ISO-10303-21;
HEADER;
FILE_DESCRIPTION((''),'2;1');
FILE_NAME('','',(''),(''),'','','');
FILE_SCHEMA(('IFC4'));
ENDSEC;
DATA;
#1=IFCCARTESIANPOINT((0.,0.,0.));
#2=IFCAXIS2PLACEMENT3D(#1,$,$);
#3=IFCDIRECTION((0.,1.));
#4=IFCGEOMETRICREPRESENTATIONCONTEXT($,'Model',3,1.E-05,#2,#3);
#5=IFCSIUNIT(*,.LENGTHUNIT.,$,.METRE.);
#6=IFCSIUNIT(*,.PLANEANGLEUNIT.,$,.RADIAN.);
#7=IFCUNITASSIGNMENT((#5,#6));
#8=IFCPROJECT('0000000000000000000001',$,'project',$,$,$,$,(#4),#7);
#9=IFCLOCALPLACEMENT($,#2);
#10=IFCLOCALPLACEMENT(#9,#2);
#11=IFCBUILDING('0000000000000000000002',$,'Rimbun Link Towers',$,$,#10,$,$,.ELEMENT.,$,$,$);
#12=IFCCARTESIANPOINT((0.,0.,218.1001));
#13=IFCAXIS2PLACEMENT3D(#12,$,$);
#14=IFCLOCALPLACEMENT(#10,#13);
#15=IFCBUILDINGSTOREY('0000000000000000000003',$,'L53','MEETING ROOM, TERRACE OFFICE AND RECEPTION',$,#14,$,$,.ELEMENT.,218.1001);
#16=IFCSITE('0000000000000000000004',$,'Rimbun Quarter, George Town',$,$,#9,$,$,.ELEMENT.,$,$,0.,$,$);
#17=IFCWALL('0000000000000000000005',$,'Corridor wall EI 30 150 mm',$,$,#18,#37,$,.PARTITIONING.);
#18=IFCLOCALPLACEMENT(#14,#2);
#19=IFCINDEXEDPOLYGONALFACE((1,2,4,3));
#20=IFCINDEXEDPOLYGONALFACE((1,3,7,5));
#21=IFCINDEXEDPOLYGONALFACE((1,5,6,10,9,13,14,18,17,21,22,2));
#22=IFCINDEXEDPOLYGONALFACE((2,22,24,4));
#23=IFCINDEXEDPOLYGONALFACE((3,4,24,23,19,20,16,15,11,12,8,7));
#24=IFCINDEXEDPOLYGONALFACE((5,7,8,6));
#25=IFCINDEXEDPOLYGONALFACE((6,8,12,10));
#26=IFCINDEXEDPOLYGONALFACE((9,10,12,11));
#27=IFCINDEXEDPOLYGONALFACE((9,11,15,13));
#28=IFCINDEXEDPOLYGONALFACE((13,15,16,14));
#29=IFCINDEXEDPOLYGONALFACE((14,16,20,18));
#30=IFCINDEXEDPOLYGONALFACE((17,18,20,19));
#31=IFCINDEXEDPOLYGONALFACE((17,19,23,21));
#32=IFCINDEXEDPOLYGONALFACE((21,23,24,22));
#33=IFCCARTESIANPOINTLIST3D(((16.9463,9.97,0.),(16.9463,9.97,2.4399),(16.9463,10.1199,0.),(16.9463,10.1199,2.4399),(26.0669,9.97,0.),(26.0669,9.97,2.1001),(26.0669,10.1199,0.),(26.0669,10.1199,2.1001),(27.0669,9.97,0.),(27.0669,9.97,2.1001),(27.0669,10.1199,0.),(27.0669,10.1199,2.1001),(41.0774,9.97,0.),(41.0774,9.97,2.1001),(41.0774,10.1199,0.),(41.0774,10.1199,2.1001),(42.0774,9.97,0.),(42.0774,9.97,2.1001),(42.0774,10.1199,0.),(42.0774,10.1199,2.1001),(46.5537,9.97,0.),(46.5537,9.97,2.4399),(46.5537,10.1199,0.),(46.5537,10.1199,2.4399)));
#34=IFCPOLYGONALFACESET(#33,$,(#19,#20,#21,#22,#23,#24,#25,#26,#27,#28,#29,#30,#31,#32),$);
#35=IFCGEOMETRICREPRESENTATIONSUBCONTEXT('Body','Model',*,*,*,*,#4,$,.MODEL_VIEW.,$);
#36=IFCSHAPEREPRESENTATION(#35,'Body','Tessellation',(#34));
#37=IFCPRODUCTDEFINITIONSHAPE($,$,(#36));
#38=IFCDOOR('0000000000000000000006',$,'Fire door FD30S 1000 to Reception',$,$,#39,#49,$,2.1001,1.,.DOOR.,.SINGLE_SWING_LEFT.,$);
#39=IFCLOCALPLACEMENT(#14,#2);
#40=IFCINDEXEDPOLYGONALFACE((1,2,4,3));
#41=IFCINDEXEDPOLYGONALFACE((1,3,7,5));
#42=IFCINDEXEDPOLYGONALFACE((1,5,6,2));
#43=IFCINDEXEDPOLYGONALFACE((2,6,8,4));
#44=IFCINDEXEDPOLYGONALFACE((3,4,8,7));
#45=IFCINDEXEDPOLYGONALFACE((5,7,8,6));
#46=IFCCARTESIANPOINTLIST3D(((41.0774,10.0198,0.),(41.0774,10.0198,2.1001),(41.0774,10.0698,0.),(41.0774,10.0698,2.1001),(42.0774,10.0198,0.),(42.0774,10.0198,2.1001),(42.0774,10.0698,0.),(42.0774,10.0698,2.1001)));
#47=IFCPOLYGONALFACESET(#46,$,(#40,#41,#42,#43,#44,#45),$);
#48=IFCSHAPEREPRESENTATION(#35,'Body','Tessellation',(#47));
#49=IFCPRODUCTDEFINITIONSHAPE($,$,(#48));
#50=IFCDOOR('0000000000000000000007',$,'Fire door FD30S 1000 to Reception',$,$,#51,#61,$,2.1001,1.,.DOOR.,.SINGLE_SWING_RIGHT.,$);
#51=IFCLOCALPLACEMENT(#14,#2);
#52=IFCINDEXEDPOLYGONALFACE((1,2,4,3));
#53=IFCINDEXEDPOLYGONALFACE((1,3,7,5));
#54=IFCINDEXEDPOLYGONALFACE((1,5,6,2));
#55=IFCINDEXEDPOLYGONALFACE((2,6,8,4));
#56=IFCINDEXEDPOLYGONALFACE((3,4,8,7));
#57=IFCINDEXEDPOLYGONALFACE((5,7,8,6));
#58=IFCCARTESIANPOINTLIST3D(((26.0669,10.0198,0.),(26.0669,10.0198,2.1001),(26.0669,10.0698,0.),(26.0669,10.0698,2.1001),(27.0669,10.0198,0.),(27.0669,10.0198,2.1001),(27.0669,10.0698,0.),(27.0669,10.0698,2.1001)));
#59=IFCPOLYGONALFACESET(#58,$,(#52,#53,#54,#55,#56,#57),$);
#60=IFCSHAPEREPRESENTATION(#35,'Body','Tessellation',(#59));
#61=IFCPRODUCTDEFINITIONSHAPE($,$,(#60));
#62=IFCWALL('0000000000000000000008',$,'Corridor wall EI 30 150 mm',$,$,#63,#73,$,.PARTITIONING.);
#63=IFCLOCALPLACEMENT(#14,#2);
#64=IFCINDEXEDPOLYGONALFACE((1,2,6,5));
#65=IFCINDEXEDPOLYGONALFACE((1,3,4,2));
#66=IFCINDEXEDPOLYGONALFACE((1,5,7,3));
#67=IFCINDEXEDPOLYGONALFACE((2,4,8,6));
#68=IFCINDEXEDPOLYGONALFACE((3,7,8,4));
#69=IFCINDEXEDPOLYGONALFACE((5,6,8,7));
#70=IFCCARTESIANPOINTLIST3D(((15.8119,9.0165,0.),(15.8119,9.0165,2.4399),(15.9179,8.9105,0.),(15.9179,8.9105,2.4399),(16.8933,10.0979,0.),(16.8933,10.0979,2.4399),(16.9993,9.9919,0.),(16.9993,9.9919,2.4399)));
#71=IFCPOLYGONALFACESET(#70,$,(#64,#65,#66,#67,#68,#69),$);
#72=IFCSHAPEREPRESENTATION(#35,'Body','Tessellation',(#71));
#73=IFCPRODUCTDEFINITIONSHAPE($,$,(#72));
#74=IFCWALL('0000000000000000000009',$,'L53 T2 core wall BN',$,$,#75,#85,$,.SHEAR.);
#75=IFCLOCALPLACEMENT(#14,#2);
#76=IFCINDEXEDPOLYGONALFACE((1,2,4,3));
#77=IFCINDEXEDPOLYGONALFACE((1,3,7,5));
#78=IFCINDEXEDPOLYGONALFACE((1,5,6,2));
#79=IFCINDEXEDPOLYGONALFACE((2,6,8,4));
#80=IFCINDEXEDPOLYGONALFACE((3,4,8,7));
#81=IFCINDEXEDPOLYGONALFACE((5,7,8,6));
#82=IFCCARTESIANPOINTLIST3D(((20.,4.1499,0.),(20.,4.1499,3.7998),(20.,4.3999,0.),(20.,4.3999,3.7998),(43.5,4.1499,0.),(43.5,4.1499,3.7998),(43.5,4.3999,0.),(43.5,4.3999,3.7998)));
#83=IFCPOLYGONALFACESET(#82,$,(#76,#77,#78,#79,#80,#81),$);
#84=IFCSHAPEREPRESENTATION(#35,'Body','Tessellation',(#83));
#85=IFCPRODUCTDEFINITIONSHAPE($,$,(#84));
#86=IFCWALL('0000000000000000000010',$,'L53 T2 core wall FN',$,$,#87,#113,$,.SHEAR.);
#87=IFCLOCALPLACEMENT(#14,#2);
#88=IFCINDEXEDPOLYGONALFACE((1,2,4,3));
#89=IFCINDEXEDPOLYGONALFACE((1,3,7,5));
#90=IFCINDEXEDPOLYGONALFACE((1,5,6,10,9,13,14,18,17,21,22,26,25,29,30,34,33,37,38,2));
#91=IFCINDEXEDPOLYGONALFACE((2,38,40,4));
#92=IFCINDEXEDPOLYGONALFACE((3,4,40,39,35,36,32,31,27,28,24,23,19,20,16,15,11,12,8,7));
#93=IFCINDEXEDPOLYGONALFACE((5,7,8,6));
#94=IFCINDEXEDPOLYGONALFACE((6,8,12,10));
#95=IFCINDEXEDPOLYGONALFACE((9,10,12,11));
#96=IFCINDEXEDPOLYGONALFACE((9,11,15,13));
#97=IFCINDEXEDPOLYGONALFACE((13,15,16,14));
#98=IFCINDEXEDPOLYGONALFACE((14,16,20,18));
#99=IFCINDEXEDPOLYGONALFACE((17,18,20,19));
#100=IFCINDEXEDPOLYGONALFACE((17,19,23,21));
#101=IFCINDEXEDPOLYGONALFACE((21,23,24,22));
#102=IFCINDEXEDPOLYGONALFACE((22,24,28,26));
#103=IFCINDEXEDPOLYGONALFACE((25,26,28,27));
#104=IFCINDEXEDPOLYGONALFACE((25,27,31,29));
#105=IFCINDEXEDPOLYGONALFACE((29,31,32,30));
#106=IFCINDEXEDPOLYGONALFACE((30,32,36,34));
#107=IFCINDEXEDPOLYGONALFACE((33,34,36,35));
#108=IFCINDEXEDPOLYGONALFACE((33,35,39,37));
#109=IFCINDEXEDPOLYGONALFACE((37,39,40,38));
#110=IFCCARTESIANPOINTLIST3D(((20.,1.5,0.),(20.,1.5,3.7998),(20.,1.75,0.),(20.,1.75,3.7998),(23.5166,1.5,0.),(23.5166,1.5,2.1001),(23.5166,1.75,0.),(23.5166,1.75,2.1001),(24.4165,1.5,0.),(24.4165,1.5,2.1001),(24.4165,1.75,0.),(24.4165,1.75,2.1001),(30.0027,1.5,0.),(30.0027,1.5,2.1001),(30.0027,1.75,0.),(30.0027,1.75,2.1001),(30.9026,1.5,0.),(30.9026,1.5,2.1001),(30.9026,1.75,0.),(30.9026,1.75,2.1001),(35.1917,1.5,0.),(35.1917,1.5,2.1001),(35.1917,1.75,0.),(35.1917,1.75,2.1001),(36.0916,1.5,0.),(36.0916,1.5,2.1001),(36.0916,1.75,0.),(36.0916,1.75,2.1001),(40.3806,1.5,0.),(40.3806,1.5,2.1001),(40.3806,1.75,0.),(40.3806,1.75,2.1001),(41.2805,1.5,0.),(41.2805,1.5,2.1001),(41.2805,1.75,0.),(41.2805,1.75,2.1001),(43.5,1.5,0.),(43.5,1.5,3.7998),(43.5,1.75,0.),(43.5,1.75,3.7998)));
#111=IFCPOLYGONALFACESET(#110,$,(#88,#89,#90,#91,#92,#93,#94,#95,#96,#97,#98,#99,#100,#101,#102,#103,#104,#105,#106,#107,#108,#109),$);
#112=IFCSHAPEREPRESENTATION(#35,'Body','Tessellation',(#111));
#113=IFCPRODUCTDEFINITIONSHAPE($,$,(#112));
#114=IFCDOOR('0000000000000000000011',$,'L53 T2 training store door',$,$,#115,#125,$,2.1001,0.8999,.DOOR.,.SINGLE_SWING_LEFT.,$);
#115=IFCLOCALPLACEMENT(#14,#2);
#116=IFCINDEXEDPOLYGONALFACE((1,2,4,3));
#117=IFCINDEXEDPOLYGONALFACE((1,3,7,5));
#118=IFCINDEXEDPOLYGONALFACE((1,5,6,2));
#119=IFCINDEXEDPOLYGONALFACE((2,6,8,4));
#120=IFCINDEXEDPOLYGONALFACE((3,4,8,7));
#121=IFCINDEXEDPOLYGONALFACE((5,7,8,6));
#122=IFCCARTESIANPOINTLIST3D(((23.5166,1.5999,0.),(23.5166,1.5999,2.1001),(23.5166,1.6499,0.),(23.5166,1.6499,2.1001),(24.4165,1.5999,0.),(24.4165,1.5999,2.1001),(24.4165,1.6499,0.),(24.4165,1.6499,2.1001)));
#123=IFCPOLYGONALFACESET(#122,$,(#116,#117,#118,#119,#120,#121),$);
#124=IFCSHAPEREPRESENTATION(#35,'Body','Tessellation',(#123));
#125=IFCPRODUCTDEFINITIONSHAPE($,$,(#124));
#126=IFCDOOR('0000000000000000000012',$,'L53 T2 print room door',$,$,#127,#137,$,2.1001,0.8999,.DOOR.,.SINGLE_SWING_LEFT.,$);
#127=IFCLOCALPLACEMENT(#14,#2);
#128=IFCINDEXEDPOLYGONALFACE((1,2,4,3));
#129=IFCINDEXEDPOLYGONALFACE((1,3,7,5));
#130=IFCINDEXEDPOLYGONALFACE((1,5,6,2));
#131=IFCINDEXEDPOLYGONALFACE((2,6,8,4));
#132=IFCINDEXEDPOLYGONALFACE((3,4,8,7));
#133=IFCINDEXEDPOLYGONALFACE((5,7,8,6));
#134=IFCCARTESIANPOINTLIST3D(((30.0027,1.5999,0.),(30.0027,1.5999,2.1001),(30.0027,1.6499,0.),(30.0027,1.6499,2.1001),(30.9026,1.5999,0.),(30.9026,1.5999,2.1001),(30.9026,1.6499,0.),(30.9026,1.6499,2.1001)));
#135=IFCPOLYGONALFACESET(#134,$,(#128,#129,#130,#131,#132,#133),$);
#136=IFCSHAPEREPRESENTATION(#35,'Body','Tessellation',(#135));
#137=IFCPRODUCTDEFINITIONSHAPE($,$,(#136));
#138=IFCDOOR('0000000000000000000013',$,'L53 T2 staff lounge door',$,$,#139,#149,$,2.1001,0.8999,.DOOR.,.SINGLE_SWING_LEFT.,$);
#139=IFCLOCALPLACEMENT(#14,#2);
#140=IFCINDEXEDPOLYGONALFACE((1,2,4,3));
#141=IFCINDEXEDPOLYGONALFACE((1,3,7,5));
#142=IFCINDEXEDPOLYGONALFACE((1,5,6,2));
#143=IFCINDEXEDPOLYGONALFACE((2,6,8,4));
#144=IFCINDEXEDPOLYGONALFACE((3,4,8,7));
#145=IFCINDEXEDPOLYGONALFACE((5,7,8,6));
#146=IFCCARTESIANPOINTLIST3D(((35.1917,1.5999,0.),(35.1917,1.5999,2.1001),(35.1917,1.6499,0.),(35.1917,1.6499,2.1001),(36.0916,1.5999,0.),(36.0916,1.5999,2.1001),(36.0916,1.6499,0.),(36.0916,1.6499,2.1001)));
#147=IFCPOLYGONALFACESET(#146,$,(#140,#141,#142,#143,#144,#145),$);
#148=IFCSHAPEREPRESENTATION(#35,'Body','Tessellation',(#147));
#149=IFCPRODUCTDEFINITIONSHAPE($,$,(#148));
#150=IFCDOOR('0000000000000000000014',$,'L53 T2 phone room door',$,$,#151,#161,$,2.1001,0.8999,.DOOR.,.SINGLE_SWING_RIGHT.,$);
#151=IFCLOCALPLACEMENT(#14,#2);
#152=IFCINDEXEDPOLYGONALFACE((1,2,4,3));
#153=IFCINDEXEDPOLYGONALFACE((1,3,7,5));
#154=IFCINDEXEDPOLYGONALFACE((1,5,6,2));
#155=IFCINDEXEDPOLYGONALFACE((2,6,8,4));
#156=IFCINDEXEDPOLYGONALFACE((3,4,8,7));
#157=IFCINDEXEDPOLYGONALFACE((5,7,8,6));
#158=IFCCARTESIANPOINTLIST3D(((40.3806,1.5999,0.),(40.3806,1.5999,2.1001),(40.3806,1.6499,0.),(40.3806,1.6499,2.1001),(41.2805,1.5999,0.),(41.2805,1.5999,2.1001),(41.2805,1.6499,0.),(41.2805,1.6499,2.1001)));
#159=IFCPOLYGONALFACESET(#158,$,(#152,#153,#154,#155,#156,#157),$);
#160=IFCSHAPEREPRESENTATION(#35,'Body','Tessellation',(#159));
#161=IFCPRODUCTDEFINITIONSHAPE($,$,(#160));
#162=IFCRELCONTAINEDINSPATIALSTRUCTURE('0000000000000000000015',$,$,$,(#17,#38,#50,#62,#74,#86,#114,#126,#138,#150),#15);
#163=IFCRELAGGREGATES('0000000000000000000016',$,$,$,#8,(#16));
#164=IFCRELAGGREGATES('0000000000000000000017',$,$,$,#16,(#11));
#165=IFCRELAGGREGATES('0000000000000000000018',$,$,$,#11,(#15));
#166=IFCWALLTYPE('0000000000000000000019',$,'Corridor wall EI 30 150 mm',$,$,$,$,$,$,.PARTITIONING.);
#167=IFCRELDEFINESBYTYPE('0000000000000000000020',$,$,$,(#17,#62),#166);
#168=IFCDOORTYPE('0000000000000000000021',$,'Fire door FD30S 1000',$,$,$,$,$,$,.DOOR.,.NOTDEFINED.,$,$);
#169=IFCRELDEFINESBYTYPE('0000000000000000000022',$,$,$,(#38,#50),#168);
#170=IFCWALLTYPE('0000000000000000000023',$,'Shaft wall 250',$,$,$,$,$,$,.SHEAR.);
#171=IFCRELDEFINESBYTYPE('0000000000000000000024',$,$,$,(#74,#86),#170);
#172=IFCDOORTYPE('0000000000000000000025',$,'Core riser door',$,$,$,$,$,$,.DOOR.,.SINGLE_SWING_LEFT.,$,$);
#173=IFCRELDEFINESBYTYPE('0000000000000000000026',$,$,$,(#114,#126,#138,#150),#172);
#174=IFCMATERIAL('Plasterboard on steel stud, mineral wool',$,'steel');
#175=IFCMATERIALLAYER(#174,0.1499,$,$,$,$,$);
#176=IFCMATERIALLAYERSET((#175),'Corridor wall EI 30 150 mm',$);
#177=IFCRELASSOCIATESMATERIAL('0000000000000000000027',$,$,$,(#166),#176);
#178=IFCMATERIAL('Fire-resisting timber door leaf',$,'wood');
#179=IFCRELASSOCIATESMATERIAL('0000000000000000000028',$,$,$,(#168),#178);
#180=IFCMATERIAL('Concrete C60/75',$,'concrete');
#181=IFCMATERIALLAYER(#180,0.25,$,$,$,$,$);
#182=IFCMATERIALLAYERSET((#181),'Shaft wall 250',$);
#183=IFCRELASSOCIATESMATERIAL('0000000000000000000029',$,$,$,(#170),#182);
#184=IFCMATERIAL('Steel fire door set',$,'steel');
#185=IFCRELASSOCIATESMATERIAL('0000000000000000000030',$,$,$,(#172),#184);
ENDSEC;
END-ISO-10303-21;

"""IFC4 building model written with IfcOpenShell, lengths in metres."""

from ifc_helpers import new_model, si_unit, direction, frame, frame_2d, origin, place, context, subcontext, project, spatial, rectangle, extrude, material, layer, layer_set, type_object, element, fill, save


model = new_model("IFC4")

# Units and contexts
model_context = context("Model", 3, precision=1e-05, world=origin(), true_north=direction((0.0, 1.0)))
body_context = subcontext(model_context, "Body", "Model", "MODEL_VIEW")
ifc_project = project(units=[si_unit("LENGTHUNIT", "METRE"), si_unit("PLANEANGLEUNIT", "RADIAN")], contexts=[model_context])

# Site, building, storey
site_placement = place(None, origin())
site = spatial("IfcSite", under=ifc_project, at=site_placement, Name="Rimbun Quarter, George Town", CompositionType="ELEMENT", RefElevation=0.0)
building_placement = place(site_placement, origin())
building = spatial("IfcBuilding", under=site, at=building_placement, Name="Rimbun Link Towers", CompositionType="ELEMENT")
storey_placement = place(building_placement, frame((0.0, 0.0, 218.1001)))
storey = spatial("IfcBuildingStorey", under=building, at=storey_placement, Name="L53", Description="MEETING ROOM, TERRACE OFFICE AND RECEPTION", CompositionType="ELEMENT", Elevation=218.1001)

# Wall, openings, doors
ifc_material_1 = material(Name="Plasterboard on steel stud, mineral wool", Category="steel")
ifc_layer_1 = layer(ifc_material_1, 0.1499)
ifc_layer_set_1 = layer_set([ifc_layer_1], Name="Corridor wall EI 30 150 mm")
wall_type_1 = type_object("IfcWallType", Name="Corridor wall EI 30 150 mm", PredefinedType="PARTITIONING", material=ifc_layer_set_1)
wall_1_placement = place(storey_placement, frame((16.9463, 10.0449, 0.0), z_axis=(0.0, 0.0, 1.0), x_axis=(1.0, 0.0, 0.0)))
wall_1 = element("IfcWall", 1, at=wall_1_placement, inside=storey, type_object=wall_type_1, Name="Corridor wall EI 30 150 mm", PredefinedType="PARTITIONING", context=body_context, shape_type="SweptSolid", body=[
    extrude(rectangle(XDim=29.6074, YDim=0.1499, at=frame_2d((14.8037, 0.0))), origin(), (0.0, 0.0, 1.0), 2.4399),
])
opening_1_placement = place(wall_1_placement, frame((24.1311, 0.0, 0.0)))
opening_1 = element("IfcOpeningElement", 2, at=opening_1_placement, cuts=wall_1, PredefinedType="OPENING", context=body_context, shape_type="SweptSolid", body=[
    extrude(rectangle(XDim=1.0, YDim=2.1001, at=frame_2d((0.5, 1.05))), frame((0.0, 0.085, 0.0), z_axis=(0.0, -1.0, 0.0), x_axis=(1.0, 0.0, 0.0)), (0.0, 0.0, 1.0), 0.1699),
])
opening_2_placement = place(wall_1_placement, frame((9.1206, 0.0, 0.0)))
opening_2 = element("IfcOpeningElement", 3, at=opening_2_placement, cuts=wall_1, PredefinedType="OPENING", context=body_context, shape_type="SweptSolid", body=[
    extrude(rectangle(XDim=1.0, YDim=2.1001, at=frame_2d((0.5, 1.05))), frame((0.0, 0.085, 0.0), z_axis=(0.0, -1.0, 0.0), x_axis=(1.0, 0.0, 0.0)), (0.0, 0.0, 1.0), 0.1699),
])
ifc_material_2 = material(Name="Fire-resisting timber door leaf", Category="wood")
door_type_1 = type_object("IfcDoorType", Name="Fire door FD30S 1000", OperationType="NOTDEFINED", PredefinedType="DOOR", material=ifc_material_2)
door_1_placement = place(opening_1_placement, origin())
door_1 = element("IfcDoor", 4, at=door_1_placement, inside=storey, type_object=door_type_1, Name="Fire door FD30S 1000 to Reception", OperationType="SINGLE_SWING_LEFT", OverallHeight=2.1001, OverallWidth=1.0, PredefinedType="DOOR", context=body_context, shape_type="SweptSolid", body=[
    extrude(rectangle(XDim=1.0, YDim=2.1001, at=frame_2d((0.5, 1.05))), frame((0.0, 0.0249, 0.0), z_axis=(0.0, -1.0, 0.0), x_axis=(1.0, 0.0, 0.0)), (0.0, 0.0, 1.0), 0.05),
])
fill(opening_1, door_1)
door_2_placement = place(opening_2_placement, origin())
door_2 = element("IfcDoor", 5, at=door_2_placement, inside=storey, type_object=door_type_1, Name="Fire door FD30S 1000 to Reception", OperationType="SINGLE_SWING_RIGHT", OverallHeight=2.1001, OverallWidth=1.0, PredefinedType="DOOR", context=body_context, shape_type="SweptSolid", body=[
    extrude(rectangle(XDim=1.0, YDim=2.1001, at=frame_2d((0.5, 1.05))), frame((0.0, 0.0249, 0.0), z_axis=(0.0, -1.0, 0.0), x_axis=(1.0, 0.0, 0.0)), (0.0, 0.0, 1.0), 0.05),
])
fill(opening_2, door_2)

# Walls
wall_2_placement = place(storey_placement, frame((16.9463, 10.0449, 0.0), z_axis=(0.0, 0.0, 1.0), x_axis=(-0.707107, -0.707107, 0.0)))
element("IfcWall", 6, at=wall_2_placement, inside=storey, type_object=wall_type_1, Name="Corridor wall EI 30 150 mm", PredefinedType="PARTITIONING", context=body_context, shape_type="SweptSolid", body=[
    extrude(rectangle(XDim=1.5293, YDim=0.1499, at=frame_2d((0.7646, 0.0))), origin(), (0.0, 0.0, 1.0), 2.4399),
])
ifc_material_3 = material(Name="Concrete C60/75", Category="concrete")
ifc_layer_2 = layer(ifc_material_3, 0.25)
ifc_layer_set_2 = layer_set([ifc_layer_2], Name="Shaft wall 250")
wall_type_2 = type_object("IfcWallType", Name="Shaft wall 250", PredefinedType="SHEAR", material=ifc_layer_set_2)
wall_3_placement = place(storey_placement, frame((20.0, 4.2749, 0.0), z_axis=(0.0, 0.0, 1.0), x_axis=(1.0, 0.0, 0.0)))
element("IfcWall", 7, at=wall_3_placement, inside=storey, type_object=wall_type_2, Name="L53 T2 core wall BN", PredefinedType="SHEAR", context=body_context, shape_type="SweptSolid", body=[
    extrude(rectangle(XDim=23.5, YDim=0.25, at=frame_2d((11.75, 0.0))), origin(), (0.0, 0.0, 1.0), 3.7998),
])

# Wall, openings, doors
wall_4_placement = place(storey_placement, frame((20.0, 1.625, 0.0), z_axis=(0.0, 0.0, 1.0), x_axis=(1.0, 0.0, 0.0)))
wall_4 = element("IfcWall", 8, at=wall_4_placement, inside=storey, type_object=wall_type_2, Name="L53 T2 core wall FN", PredefinedType="SHEAR", context=body_context, shape_type="SweptSolid", body=[
    extrude(rectangle(XDim=23.5, YDim=0.25, at=frame_2d((11.75, 0.0))), origin(), (0.0, 0.0, 1.0), 3.7998),
])
opening_3_placement = place(wall_4_placement, frame((3.5166, 0.0, 0.0)))
opening_3 = element("IfcOpeningElement", 9, at=opening_3_placement, cuts=wall_4, PredefinedType="OPENING", context=body_context, shape_type="SweptSolid", body=[
    extrude(rectangle(XDim=0.8999, YDim=2.1001, at=frame_2d((0.45, 1.05))), frame((0.0, 0.135, 0.0), z_axis=(0.0, -1.0, 0.0), x_axis=(1.0, 0.0, 0.0)), (0.0, 0.0, 1.0), 0.27),
])
opening_4_placement = place(wall_4_placement, frame((10.0027, 0.0, 0.0)))
opening_4 = element("IfcOpeningElement", 10, at=opening_4_placement, cuts=wall_4, PredefinedType="OPENING", context=body_context, shape_type="SweptSolid", body=[
    extrude(rectangle(XDim=0.8999, YDim=2.1001, at=frame_2d((0.45, 1.05))), frame((0.0, 0.135, 0.0), z_axis=(0.0, -1.0, 0.0), x_axis=(1.0, 0.0, 0.0)), (0.0, 0.0, 1.0), 0.27),
])
opening_5_placement = place(wall_4_placement, frame((15.1917, 0.0, 0.0)))
opening_5 = element("IfcOpeningElement", 11, at=opening_5_placement, cuts=wall_4, PredefinedType="OPENING", context=body_context, shape_type="SweptSolid", body=[
    extrude(rectangle(XDim=0.8999, YDim=2.1001, at=frame_2d((0.45, 1.05))), frame((0.0, 0.135, 0.0), z_axis=(0.0, -1.0, 0.0), x_axis=(1.0, 0.0, 0.0)), (0.0, 0.0, 1.0), 0.27),
])
opening_6_placement = place(wall_4_placement, frame((20.3806, 0.0, 0.0)))
opening_6 = element("IfcOpeningElement", 12, at=opening_6_placement, cuts=wall_4, PredefinedType="OPENING", context=body_context, shape_type="SweptSolid", body=[
    extrude(rectangle(XDim=0.8999, YDim=2.1001, at=frame_2d((0.45, 1.05))), frame((0.0, 0.135, 0.0), z_axis=(0.0, -1.0, 0.0), x_axis=(1.0, 0.0, 0.0)), (0.0, 0.0, 1.0), 0.27),
])
ifc_material_4 = material(Name="Steel fire door set", Category="steel")
door_type_2 = type_object("IfcDoorType", Name="Core riser door", OperationType="SINGLE_SWING_LEFT", PredefinedType="DOOR", material=ifc_material_4)
door_3_placement = place(opening_3_placement, origin())
door_3 = element("IfcDoor", 13, at=door_3_placement, inside=storey, type_object=door_type_2, Name="L53 T2 training store door", OperationType="SINGLE_SWING_LEFT", OverallHeight=2.1001, OverallWidth=0.8999, PredefinedType="DOOR", context=body_context, shape_type="SweptSolid", body=[
    extrude(rectangle(XDim=0.8999, YDim=2.1001, at=frame_2d((0.45, 1.05))), frame((0.0, 0.0249, 0.0), z_axis=(0.0, -1.0, 0.0), x_axis=(1.0, 0.0, 0.0)), (0.0, 0.0, 1.0), 0.05),
])
fill(opening_3, door_3)
door_4_placement = place(opening_4_placement, origin())
door_4 = element("IfcDoor", 14, at=door_4_placement, inside=storey, type_object=door_type_2, Name="L53 T2 print room door", OperationType="SINGLE_SWING_LEFT", OverallHeight=2.1001, OverallWidth=0.8999, PredefinedType="DOOR", context=body_context, shape_type="SweptSolid", body=[
    extrude(rectangle(XDim=0.8999, YDim=2.1001, at=frame_2d((0.45, 1.05))), frame((0.0, 0.0249, 0.0), z_axis=(0.0, -1.0, 0.0), x_axis=(1.0, 0.0, 0.0)), (0.0, 0.0, 1.0), 0.05),
])
fill(opening_4, door_4)
door_5_placement = place(opening_5_placement, origin())
door_5 = element("IfcDoor", 15, at=door_5_placement, inside=storey, type_object=door_type_2, Name="L53 T2 staff lounge door", OperationType="SINGLE_SWING_LEFT", OverallHeight=2.1001, OverallWidth=0.8999, PredefinedType="DOOR", context=body_context, shape_type="SweptSolid", body=[
    extrude(rectangle(XDim=0.8999, YDim=2.1001, at=frame_2d((0.45, 1.05))), frame((0.0, 0.0249, 0.0), z_axis=(0.0, -1.0, 0.0), x_axis=(1.0, 0.0, 0.0)), (0.0, 0.0, 1.0), 0.05),
])
fill(opening_5, door_5)
door_6_placement = place(opening_6_placement, origin())
door_6 = element("IfcDoor", 16, at=door_6_placement, inside=storey, type_object=door_type_2, Name="L53 T2 phone room door", OperationType="SINGLE_SWING_RIGHT", OverallHeight=2.1001, OverallWidth=0.8999, PredefinedType="DOOR", context=body_context, shape_type="SweptSolid", body=[
    extrude(rectangle(XDim=0.8999, YDim=2.1001, at=frame_2d((0.45, 1.05))), frame((0.0, 0.0249, 0.0), z_axis=(0.0, -1.0, 0.0), x_axis=(1.0, 0.0, 0.0)), (0.0, 0.0, 1.0), 0.05),
])
fill(opening_6, door_6)

save(model, "model.ifc")
